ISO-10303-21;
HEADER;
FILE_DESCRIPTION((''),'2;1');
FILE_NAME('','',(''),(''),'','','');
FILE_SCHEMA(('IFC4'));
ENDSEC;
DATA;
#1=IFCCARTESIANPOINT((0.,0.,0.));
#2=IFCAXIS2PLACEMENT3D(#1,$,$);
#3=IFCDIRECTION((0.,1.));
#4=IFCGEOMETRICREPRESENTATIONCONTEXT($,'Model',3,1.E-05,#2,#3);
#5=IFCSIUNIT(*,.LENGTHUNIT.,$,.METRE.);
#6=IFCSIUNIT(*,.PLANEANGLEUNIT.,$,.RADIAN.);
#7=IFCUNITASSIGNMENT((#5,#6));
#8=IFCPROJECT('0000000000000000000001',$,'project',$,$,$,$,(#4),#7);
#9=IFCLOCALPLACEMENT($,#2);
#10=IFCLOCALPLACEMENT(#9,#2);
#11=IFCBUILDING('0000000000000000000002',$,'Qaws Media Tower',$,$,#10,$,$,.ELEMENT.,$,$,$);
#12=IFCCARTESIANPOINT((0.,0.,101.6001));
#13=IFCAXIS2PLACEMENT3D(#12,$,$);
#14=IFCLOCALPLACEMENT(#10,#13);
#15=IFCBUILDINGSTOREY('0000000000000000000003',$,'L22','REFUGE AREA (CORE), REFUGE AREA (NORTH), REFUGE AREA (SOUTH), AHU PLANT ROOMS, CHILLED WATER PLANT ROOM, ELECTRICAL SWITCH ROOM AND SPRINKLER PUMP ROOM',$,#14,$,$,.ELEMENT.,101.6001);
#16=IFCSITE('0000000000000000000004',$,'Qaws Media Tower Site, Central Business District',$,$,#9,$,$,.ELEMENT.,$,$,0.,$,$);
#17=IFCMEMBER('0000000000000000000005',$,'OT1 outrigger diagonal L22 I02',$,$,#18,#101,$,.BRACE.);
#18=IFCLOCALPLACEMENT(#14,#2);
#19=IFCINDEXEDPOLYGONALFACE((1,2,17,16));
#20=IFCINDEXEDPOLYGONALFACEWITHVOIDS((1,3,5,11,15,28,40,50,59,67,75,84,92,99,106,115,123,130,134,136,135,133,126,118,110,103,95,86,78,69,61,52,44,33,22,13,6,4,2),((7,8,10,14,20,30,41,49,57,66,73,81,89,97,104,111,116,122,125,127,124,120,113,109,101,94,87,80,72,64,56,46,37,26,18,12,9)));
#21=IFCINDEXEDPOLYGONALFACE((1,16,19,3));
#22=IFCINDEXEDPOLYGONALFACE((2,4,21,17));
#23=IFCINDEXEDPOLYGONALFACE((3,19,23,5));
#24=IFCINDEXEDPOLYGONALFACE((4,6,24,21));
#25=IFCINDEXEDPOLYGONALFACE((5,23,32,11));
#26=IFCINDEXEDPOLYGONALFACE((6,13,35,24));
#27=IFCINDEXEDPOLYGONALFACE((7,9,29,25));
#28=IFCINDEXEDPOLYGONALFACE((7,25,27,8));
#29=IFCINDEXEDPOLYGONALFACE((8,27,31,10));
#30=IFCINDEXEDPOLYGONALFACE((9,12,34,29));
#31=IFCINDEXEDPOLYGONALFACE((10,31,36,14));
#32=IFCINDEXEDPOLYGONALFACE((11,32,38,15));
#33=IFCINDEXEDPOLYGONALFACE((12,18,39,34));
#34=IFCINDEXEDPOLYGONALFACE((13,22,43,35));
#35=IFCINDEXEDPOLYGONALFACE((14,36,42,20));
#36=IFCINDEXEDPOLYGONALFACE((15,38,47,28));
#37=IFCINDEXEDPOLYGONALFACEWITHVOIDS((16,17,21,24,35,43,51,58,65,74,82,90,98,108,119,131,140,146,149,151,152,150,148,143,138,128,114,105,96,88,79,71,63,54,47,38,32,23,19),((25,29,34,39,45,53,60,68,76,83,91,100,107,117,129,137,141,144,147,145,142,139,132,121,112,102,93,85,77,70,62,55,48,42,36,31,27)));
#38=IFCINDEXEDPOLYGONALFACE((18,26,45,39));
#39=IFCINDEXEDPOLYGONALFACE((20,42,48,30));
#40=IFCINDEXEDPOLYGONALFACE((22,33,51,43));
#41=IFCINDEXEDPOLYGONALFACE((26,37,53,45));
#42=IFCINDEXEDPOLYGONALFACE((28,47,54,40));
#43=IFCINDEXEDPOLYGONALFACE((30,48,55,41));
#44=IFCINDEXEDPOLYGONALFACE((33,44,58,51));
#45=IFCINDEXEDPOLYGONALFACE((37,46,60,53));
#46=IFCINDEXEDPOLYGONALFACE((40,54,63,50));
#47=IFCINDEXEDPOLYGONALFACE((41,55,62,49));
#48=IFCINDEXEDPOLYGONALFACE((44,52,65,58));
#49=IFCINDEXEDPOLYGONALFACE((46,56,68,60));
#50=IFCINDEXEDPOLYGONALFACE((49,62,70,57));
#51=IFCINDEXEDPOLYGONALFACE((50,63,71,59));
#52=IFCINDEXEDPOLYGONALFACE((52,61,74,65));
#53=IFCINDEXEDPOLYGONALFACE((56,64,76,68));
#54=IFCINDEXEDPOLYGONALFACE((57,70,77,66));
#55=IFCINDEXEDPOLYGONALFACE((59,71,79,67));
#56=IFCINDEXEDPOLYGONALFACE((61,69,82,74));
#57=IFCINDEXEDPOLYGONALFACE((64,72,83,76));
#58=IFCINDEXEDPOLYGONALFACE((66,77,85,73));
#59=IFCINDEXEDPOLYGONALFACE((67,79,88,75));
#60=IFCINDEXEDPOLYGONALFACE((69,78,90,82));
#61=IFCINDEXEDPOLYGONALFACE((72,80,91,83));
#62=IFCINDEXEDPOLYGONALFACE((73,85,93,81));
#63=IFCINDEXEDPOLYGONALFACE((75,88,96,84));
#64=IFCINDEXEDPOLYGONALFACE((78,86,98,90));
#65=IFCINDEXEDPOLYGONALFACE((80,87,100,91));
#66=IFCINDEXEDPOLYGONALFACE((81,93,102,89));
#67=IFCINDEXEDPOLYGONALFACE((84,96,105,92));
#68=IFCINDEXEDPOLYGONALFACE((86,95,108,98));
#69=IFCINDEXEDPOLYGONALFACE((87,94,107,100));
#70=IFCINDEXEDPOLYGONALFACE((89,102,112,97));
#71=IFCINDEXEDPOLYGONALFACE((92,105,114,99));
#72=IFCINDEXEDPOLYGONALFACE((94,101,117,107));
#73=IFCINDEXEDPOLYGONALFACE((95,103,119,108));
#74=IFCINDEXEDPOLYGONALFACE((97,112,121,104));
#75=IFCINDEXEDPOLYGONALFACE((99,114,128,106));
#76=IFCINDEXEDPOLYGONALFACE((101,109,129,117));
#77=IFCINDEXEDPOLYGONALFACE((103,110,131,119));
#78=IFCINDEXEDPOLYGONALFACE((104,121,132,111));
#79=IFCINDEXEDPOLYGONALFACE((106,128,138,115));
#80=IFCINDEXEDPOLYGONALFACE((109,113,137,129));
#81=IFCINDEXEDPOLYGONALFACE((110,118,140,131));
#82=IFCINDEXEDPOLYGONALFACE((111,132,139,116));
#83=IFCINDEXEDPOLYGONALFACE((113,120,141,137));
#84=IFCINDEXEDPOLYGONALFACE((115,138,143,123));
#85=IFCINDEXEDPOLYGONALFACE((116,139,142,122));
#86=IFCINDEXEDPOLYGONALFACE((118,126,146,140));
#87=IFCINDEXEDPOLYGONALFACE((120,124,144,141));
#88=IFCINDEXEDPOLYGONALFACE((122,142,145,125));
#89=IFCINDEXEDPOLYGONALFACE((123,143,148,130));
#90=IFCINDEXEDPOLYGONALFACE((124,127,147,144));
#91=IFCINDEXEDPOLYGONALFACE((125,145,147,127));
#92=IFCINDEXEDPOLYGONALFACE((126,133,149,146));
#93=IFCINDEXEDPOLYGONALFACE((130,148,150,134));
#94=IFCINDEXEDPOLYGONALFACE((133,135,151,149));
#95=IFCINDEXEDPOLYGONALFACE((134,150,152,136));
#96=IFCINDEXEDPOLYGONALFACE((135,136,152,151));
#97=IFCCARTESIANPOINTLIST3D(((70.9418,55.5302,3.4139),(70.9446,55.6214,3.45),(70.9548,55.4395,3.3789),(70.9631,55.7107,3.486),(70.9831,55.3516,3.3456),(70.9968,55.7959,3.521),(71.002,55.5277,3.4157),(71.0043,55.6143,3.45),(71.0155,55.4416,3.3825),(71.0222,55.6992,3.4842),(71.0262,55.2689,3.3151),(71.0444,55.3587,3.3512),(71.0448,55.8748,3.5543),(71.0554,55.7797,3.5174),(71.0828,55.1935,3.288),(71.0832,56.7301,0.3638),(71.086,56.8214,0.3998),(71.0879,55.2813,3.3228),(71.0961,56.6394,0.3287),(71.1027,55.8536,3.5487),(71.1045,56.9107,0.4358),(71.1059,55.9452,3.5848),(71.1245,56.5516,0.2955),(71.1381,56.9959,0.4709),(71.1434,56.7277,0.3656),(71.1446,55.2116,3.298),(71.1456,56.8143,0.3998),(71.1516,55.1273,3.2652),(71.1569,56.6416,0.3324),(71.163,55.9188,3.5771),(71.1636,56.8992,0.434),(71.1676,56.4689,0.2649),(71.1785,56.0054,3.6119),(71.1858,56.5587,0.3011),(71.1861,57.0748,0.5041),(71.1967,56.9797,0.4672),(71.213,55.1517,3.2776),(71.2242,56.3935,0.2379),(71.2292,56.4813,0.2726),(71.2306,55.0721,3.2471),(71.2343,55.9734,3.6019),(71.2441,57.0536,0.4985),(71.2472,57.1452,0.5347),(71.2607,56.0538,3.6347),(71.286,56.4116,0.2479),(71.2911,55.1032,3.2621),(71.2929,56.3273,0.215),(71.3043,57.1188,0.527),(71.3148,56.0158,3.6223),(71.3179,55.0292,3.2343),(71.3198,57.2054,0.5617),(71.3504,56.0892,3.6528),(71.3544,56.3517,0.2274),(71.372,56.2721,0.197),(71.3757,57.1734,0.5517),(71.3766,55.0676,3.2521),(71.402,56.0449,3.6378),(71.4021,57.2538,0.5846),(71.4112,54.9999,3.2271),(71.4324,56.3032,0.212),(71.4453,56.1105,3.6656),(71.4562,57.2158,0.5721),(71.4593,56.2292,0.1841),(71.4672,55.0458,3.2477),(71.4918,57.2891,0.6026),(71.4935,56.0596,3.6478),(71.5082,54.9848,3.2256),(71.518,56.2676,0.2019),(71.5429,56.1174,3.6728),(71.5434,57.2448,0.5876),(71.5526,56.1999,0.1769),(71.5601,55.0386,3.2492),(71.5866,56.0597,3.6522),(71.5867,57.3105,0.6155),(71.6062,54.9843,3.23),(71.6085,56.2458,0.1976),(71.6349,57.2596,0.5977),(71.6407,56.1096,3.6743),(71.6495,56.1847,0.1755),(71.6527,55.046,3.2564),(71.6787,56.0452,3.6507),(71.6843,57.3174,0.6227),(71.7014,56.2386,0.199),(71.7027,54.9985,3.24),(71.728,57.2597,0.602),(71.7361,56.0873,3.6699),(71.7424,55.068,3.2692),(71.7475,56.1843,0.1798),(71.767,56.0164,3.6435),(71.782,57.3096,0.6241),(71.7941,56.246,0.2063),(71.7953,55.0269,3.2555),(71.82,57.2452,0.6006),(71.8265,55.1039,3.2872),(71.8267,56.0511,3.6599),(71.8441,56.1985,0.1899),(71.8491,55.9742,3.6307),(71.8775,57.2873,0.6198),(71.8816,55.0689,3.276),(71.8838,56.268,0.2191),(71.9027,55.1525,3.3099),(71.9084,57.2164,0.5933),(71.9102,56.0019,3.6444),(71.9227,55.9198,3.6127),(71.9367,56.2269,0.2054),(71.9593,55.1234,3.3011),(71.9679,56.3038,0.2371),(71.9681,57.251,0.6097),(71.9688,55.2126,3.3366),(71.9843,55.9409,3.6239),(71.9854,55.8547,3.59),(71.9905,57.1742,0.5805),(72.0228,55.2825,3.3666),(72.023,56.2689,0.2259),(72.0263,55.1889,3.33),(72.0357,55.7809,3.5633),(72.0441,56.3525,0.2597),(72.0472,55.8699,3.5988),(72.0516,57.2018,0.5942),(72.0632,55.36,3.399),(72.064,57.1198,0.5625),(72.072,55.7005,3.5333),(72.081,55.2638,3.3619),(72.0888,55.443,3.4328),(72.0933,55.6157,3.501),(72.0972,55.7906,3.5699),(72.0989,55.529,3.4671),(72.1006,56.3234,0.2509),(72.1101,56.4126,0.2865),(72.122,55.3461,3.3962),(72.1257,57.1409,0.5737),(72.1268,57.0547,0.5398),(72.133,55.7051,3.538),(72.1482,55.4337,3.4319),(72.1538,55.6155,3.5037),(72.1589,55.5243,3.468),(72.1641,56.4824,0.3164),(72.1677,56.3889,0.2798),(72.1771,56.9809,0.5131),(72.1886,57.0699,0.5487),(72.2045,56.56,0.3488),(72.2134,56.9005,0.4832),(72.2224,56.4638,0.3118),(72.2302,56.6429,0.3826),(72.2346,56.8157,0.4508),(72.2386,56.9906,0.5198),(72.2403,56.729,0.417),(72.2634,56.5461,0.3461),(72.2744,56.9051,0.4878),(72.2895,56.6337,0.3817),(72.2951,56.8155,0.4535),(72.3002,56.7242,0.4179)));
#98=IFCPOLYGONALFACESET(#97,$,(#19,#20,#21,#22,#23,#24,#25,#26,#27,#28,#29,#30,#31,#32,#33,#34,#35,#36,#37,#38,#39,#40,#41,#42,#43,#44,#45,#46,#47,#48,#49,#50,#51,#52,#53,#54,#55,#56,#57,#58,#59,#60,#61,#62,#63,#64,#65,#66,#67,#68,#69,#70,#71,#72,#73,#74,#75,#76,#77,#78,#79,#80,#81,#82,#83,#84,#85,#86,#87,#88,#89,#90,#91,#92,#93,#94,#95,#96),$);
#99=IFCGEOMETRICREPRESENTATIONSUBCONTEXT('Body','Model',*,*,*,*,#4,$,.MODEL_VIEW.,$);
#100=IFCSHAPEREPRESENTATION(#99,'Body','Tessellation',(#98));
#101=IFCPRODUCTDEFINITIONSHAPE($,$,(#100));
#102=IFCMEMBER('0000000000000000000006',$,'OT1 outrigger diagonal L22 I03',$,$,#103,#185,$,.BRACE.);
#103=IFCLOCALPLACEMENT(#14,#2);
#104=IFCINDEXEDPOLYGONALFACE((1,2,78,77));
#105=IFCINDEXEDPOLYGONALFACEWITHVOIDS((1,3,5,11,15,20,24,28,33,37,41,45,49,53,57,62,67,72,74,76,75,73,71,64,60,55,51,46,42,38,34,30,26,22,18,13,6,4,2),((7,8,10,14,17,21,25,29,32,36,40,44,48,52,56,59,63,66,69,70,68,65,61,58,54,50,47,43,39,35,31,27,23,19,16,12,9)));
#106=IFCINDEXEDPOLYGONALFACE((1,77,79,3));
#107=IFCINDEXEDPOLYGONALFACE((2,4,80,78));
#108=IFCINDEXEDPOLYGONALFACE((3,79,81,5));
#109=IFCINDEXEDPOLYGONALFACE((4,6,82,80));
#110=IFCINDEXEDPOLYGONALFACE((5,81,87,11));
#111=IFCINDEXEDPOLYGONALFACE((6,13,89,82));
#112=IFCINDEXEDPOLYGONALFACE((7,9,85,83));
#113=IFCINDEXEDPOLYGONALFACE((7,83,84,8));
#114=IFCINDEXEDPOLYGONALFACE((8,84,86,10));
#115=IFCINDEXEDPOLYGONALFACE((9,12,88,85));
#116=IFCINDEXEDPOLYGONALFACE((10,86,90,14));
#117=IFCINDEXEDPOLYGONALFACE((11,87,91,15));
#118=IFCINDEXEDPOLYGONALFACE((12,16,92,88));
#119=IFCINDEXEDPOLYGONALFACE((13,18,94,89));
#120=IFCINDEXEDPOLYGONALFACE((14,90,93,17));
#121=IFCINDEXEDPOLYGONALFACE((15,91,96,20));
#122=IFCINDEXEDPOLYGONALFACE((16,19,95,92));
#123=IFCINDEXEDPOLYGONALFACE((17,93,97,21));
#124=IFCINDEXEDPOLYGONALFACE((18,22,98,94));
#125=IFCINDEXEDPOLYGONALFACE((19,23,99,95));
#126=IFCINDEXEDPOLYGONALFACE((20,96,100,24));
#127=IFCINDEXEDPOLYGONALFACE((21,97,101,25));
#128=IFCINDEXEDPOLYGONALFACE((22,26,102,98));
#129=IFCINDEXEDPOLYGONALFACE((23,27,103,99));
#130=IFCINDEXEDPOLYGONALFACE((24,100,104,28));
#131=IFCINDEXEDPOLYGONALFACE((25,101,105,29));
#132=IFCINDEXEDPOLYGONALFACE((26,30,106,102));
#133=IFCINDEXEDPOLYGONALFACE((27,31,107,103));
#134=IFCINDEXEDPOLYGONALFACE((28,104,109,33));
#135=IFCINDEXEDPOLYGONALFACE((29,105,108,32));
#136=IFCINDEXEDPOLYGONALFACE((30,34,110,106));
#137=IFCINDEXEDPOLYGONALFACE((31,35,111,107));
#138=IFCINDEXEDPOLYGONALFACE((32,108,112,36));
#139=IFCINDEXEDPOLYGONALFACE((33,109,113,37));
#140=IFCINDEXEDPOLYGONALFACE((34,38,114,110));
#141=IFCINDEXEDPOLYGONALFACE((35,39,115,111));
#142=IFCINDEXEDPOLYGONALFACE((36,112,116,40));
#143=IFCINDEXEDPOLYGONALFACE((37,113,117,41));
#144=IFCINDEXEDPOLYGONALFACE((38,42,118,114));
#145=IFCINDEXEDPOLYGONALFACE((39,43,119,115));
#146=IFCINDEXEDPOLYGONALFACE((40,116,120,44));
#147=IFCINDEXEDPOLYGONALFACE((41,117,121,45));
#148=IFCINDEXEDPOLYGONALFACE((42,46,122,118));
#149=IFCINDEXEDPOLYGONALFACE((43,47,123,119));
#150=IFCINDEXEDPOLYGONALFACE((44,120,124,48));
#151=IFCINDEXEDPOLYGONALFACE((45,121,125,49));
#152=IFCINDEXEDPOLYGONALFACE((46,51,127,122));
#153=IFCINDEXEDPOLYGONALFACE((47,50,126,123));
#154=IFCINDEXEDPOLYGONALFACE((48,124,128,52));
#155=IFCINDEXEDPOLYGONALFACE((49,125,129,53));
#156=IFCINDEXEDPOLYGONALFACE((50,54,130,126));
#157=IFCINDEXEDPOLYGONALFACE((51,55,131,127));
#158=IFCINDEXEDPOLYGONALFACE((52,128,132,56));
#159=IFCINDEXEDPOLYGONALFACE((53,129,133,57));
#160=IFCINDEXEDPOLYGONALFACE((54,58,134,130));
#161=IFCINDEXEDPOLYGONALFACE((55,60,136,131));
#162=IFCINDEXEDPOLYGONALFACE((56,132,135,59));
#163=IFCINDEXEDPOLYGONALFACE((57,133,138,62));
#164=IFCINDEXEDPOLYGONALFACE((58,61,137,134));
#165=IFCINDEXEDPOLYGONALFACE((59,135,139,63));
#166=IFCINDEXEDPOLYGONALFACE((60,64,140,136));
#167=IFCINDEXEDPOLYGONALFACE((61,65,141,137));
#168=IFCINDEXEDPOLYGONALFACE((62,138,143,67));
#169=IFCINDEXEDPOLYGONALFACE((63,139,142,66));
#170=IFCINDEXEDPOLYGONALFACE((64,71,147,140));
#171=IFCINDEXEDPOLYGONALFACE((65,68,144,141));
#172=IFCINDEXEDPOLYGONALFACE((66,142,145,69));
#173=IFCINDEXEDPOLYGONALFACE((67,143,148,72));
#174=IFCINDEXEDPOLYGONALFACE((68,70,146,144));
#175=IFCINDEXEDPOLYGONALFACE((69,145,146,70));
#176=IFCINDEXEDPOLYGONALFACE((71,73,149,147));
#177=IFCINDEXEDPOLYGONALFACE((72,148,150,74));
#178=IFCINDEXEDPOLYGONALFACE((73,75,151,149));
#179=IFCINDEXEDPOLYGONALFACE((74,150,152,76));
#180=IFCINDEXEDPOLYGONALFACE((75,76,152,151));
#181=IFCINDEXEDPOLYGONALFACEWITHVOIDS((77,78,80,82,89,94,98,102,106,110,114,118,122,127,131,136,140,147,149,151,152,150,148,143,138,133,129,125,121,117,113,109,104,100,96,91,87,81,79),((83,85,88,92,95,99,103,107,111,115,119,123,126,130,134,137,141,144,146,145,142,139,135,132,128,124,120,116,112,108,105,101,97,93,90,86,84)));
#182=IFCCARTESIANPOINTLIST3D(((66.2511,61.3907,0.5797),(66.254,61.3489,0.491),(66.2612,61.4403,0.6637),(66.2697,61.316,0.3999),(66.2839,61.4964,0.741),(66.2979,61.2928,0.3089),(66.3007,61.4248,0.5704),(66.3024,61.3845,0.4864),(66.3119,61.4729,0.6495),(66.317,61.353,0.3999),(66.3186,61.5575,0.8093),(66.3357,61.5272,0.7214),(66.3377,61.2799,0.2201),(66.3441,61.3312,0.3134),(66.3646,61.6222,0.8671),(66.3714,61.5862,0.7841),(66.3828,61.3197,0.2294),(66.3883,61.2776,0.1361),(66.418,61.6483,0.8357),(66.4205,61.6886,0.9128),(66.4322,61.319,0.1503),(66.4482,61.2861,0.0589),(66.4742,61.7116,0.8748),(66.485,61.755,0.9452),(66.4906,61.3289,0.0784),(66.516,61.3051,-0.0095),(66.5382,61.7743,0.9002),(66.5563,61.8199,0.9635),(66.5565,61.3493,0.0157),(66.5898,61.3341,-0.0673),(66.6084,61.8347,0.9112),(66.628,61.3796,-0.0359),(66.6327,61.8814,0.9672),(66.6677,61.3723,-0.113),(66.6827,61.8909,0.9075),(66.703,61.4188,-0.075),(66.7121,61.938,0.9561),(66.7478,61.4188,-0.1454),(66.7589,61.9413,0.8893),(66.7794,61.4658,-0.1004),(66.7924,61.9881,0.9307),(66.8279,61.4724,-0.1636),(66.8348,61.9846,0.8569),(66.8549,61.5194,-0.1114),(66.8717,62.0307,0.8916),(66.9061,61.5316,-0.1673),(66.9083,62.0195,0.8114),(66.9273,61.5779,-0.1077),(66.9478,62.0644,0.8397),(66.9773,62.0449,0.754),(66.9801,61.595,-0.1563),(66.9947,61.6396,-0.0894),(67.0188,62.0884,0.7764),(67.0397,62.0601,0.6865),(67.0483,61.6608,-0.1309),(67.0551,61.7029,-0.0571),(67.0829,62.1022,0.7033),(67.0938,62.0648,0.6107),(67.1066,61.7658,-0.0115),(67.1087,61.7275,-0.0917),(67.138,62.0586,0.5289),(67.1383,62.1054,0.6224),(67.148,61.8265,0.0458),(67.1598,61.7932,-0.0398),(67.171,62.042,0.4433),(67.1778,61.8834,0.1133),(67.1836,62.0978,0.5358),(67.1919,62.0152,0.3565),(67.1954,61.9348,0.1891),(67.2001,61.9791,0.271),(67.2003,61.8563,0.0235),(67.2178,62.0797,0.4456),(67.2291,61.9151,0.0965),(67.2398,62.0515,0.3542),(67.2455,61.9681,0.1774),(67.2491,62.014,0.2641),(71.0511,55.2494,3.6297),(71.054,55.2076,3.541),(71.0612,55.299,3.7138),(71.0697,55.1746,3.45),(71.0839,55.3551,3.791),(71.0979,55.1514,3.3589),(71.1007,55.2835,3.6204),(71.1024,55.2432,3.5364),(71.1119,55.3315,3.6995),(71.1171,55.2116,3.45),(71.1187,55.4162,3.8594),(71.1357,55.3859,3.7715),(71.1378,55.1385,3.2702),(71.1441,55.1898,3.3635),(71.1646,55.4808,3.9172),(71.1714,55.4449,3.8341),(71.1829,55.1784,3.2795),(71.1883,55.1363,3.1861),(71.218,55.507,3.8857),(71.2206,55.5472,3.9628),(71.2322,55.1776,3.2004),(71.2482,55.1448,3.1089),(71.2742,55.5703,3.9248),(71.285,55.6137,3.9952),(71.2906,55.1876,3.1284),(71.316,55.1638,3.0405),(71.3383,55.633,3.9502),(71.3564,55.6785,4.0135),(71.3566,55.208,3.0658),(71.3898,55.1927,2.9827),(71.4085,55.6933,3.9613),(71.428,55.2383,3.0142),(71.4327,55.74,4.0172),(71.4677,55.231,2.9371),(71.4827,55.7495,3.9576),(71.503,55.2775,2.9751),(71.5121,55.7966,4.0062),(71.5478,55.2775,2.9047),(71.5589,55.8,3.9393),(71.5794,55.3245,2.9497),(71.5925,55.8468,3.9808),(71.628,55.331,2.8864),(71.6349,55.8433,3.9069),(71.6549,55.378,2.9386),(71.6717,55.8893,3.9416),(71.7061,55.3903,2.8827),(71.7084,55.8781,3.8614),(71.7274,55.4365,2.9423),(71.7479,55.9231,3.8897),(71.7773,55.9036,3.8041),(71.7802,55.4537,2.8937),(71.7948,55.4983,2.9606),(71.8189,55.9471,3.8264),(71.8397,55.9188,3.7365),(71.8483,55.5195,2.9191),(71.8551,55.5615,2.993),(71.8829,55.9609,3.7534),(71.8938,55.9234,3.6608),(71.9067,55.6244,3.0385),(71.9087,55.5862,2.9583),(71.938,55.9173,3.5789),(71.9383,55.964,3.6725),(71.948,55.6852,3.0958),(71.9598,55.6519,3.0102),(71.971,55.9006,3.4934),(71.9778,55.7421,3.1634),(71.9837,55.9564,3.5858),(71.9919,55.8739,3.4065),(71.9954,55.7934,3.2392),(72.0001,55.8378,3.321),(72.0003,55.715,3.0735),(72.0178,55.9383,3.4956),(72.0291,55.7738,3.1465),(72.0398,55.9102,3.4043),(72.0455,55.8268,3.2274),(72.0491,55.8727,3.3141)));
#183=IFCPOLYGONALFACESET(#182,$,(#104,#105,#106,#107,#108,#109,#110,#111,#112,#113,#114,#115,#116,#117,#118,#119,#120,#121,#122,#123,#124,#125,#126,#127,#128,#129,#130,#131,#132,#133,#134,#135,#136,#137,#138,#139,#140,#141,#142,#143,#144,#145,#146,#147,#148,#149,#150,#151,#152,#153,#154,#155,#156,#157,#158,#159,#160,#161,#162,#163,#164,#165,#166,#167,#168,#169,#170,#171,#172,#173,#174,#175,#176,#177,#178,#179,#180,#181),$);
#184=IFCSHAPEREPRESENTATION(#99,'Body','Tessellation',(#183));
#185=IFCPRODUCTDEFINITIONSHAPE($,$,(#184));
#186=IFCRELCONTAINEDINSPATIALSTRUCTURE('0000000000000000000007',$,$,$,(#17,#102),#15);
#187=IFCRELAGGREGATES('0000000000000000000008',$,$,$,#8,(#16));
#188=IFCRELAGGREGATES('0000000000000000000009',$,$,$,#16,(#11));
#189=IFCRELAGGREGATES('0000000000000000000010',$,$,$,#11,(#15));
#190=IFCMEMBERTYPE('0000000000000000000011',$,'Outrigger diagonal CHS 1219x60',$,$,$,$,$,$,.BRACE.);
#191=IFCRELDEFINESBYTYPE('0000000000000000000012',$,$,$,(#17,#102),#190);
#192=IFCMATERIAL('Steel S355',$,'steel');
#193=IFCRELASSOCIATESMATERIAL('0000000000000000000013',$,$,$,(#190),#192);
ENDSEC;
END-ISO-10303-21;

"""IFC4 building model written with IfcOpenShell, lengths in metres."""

from ifc_helpers import new_model, si_unit, direction, frame, origin, origin_2d, place, context, subcontext, project, spatial, hollow_circle, extrude, material, material_profile, profile_set, type_object, element, save


model = new_model("IFC4")

# Units and contexts
model_context = context("Model", 3, precision=1e-05, world=origin(), true_north=direction((0.0, 1.0)))
body_context = subcontext(model_context, "Body", "Model", "MODEL_VIEW")
ifc_project = project(units=[si_unit("LENGTHUNIT", "METRE"), si_unit("PLANEANGLEUNIT", "RADIAN")], contexts=[model_context])

# Site, building, storey
site_placement = place(None, origin())
site = spatial("IfcSite", under=ifc_project, at=site_placement, Name="Qaws Media Tower Site, Central Business District", CompositionType="ELEMENT", RefElevation=0.0)
building_placement = place(site_placement, origin())
building = spatial("IfcBuilding", under=site, at=building_placement, Name="Qaws Media Tower", CompositionType="ELEMENT")
storey_placement = place(building_placement, frame((0.0, 0.0, 101.6001)))
storey = spatial("IfcBuildingStorey", under=building, at=storey_placement, Name="L22", Description="REFUGE AREA (CORE), REFUGE AREA (NORTH), REFUGE AREA (SOUTH), AHU PLANT ROOMS, CHILLED WATER PLANT ROOM, ELECTRICAL SWITCH ROOM AND SPRINKLER PUMP ROOM", CompositionType="ELEMENT", Elevation=101.6001)

# Members
ifc_material_1 = material(Name="Steel S355", Category="steel")
ifc_material_profile_1 = material_profile(ifc_material_1, hollow_circle(Radius=0.6096, WallThickness=0.0601, at=origin_2d()), Name="CHS 1219x60")
ifc_profile_set_1 = profile_set([ifc_material_profile_1], Name="Steel S355")
member_type_1 = type_object("IfcMemberType", Name="Outrigger diagonal CHS 1219x60", PredefinedType="BRACE", material=ifc_profile_set_1)
member_1_placement = place(storey_placement, frame((71.55, 55.55, 3.45), z_axis=(0.043088, 0.365766, -0.929709), x_axis=(-0.993133, 0.116994, 0.0)))
element("IfcMember", 1, at=member_1_placement, inside=storey, type_object=member_type_1, Name="OT1 outrigger diagonal L22 I02", PredefinedType="BRACE", context=body_context, shape_type="SweptSolid", body=[
    extrude(hollow_circle(Radius=0.6096, WallThickness=0.0601, at=origin_2d()), origin(), (0.0, 0.0, 1.0), 3.2808),
])
member_2_placement = place(storey_placement, frame((71.55, 55.55, 3.45), z_axis=(-0.573472, 0.733721, -0.364396), x_axis=(-0.787893, -0.615812, 0.0)))
element("IfcMember", 2, at=member_2_placement, inside=storey, type_object=member_type_1, Name="OT1 outrigger diagonal L22 I03", PredefinedType="BRACE", context=body_context, shape_type="SweptSolid", body=[
    extrude(hollow_circle(Radius=0.6096, WallThickness=0.0601, at=origin_2d()), origin(), (0.0, 0.0, 1.0), 8.3701),
])

save(model, "model.ifc")
